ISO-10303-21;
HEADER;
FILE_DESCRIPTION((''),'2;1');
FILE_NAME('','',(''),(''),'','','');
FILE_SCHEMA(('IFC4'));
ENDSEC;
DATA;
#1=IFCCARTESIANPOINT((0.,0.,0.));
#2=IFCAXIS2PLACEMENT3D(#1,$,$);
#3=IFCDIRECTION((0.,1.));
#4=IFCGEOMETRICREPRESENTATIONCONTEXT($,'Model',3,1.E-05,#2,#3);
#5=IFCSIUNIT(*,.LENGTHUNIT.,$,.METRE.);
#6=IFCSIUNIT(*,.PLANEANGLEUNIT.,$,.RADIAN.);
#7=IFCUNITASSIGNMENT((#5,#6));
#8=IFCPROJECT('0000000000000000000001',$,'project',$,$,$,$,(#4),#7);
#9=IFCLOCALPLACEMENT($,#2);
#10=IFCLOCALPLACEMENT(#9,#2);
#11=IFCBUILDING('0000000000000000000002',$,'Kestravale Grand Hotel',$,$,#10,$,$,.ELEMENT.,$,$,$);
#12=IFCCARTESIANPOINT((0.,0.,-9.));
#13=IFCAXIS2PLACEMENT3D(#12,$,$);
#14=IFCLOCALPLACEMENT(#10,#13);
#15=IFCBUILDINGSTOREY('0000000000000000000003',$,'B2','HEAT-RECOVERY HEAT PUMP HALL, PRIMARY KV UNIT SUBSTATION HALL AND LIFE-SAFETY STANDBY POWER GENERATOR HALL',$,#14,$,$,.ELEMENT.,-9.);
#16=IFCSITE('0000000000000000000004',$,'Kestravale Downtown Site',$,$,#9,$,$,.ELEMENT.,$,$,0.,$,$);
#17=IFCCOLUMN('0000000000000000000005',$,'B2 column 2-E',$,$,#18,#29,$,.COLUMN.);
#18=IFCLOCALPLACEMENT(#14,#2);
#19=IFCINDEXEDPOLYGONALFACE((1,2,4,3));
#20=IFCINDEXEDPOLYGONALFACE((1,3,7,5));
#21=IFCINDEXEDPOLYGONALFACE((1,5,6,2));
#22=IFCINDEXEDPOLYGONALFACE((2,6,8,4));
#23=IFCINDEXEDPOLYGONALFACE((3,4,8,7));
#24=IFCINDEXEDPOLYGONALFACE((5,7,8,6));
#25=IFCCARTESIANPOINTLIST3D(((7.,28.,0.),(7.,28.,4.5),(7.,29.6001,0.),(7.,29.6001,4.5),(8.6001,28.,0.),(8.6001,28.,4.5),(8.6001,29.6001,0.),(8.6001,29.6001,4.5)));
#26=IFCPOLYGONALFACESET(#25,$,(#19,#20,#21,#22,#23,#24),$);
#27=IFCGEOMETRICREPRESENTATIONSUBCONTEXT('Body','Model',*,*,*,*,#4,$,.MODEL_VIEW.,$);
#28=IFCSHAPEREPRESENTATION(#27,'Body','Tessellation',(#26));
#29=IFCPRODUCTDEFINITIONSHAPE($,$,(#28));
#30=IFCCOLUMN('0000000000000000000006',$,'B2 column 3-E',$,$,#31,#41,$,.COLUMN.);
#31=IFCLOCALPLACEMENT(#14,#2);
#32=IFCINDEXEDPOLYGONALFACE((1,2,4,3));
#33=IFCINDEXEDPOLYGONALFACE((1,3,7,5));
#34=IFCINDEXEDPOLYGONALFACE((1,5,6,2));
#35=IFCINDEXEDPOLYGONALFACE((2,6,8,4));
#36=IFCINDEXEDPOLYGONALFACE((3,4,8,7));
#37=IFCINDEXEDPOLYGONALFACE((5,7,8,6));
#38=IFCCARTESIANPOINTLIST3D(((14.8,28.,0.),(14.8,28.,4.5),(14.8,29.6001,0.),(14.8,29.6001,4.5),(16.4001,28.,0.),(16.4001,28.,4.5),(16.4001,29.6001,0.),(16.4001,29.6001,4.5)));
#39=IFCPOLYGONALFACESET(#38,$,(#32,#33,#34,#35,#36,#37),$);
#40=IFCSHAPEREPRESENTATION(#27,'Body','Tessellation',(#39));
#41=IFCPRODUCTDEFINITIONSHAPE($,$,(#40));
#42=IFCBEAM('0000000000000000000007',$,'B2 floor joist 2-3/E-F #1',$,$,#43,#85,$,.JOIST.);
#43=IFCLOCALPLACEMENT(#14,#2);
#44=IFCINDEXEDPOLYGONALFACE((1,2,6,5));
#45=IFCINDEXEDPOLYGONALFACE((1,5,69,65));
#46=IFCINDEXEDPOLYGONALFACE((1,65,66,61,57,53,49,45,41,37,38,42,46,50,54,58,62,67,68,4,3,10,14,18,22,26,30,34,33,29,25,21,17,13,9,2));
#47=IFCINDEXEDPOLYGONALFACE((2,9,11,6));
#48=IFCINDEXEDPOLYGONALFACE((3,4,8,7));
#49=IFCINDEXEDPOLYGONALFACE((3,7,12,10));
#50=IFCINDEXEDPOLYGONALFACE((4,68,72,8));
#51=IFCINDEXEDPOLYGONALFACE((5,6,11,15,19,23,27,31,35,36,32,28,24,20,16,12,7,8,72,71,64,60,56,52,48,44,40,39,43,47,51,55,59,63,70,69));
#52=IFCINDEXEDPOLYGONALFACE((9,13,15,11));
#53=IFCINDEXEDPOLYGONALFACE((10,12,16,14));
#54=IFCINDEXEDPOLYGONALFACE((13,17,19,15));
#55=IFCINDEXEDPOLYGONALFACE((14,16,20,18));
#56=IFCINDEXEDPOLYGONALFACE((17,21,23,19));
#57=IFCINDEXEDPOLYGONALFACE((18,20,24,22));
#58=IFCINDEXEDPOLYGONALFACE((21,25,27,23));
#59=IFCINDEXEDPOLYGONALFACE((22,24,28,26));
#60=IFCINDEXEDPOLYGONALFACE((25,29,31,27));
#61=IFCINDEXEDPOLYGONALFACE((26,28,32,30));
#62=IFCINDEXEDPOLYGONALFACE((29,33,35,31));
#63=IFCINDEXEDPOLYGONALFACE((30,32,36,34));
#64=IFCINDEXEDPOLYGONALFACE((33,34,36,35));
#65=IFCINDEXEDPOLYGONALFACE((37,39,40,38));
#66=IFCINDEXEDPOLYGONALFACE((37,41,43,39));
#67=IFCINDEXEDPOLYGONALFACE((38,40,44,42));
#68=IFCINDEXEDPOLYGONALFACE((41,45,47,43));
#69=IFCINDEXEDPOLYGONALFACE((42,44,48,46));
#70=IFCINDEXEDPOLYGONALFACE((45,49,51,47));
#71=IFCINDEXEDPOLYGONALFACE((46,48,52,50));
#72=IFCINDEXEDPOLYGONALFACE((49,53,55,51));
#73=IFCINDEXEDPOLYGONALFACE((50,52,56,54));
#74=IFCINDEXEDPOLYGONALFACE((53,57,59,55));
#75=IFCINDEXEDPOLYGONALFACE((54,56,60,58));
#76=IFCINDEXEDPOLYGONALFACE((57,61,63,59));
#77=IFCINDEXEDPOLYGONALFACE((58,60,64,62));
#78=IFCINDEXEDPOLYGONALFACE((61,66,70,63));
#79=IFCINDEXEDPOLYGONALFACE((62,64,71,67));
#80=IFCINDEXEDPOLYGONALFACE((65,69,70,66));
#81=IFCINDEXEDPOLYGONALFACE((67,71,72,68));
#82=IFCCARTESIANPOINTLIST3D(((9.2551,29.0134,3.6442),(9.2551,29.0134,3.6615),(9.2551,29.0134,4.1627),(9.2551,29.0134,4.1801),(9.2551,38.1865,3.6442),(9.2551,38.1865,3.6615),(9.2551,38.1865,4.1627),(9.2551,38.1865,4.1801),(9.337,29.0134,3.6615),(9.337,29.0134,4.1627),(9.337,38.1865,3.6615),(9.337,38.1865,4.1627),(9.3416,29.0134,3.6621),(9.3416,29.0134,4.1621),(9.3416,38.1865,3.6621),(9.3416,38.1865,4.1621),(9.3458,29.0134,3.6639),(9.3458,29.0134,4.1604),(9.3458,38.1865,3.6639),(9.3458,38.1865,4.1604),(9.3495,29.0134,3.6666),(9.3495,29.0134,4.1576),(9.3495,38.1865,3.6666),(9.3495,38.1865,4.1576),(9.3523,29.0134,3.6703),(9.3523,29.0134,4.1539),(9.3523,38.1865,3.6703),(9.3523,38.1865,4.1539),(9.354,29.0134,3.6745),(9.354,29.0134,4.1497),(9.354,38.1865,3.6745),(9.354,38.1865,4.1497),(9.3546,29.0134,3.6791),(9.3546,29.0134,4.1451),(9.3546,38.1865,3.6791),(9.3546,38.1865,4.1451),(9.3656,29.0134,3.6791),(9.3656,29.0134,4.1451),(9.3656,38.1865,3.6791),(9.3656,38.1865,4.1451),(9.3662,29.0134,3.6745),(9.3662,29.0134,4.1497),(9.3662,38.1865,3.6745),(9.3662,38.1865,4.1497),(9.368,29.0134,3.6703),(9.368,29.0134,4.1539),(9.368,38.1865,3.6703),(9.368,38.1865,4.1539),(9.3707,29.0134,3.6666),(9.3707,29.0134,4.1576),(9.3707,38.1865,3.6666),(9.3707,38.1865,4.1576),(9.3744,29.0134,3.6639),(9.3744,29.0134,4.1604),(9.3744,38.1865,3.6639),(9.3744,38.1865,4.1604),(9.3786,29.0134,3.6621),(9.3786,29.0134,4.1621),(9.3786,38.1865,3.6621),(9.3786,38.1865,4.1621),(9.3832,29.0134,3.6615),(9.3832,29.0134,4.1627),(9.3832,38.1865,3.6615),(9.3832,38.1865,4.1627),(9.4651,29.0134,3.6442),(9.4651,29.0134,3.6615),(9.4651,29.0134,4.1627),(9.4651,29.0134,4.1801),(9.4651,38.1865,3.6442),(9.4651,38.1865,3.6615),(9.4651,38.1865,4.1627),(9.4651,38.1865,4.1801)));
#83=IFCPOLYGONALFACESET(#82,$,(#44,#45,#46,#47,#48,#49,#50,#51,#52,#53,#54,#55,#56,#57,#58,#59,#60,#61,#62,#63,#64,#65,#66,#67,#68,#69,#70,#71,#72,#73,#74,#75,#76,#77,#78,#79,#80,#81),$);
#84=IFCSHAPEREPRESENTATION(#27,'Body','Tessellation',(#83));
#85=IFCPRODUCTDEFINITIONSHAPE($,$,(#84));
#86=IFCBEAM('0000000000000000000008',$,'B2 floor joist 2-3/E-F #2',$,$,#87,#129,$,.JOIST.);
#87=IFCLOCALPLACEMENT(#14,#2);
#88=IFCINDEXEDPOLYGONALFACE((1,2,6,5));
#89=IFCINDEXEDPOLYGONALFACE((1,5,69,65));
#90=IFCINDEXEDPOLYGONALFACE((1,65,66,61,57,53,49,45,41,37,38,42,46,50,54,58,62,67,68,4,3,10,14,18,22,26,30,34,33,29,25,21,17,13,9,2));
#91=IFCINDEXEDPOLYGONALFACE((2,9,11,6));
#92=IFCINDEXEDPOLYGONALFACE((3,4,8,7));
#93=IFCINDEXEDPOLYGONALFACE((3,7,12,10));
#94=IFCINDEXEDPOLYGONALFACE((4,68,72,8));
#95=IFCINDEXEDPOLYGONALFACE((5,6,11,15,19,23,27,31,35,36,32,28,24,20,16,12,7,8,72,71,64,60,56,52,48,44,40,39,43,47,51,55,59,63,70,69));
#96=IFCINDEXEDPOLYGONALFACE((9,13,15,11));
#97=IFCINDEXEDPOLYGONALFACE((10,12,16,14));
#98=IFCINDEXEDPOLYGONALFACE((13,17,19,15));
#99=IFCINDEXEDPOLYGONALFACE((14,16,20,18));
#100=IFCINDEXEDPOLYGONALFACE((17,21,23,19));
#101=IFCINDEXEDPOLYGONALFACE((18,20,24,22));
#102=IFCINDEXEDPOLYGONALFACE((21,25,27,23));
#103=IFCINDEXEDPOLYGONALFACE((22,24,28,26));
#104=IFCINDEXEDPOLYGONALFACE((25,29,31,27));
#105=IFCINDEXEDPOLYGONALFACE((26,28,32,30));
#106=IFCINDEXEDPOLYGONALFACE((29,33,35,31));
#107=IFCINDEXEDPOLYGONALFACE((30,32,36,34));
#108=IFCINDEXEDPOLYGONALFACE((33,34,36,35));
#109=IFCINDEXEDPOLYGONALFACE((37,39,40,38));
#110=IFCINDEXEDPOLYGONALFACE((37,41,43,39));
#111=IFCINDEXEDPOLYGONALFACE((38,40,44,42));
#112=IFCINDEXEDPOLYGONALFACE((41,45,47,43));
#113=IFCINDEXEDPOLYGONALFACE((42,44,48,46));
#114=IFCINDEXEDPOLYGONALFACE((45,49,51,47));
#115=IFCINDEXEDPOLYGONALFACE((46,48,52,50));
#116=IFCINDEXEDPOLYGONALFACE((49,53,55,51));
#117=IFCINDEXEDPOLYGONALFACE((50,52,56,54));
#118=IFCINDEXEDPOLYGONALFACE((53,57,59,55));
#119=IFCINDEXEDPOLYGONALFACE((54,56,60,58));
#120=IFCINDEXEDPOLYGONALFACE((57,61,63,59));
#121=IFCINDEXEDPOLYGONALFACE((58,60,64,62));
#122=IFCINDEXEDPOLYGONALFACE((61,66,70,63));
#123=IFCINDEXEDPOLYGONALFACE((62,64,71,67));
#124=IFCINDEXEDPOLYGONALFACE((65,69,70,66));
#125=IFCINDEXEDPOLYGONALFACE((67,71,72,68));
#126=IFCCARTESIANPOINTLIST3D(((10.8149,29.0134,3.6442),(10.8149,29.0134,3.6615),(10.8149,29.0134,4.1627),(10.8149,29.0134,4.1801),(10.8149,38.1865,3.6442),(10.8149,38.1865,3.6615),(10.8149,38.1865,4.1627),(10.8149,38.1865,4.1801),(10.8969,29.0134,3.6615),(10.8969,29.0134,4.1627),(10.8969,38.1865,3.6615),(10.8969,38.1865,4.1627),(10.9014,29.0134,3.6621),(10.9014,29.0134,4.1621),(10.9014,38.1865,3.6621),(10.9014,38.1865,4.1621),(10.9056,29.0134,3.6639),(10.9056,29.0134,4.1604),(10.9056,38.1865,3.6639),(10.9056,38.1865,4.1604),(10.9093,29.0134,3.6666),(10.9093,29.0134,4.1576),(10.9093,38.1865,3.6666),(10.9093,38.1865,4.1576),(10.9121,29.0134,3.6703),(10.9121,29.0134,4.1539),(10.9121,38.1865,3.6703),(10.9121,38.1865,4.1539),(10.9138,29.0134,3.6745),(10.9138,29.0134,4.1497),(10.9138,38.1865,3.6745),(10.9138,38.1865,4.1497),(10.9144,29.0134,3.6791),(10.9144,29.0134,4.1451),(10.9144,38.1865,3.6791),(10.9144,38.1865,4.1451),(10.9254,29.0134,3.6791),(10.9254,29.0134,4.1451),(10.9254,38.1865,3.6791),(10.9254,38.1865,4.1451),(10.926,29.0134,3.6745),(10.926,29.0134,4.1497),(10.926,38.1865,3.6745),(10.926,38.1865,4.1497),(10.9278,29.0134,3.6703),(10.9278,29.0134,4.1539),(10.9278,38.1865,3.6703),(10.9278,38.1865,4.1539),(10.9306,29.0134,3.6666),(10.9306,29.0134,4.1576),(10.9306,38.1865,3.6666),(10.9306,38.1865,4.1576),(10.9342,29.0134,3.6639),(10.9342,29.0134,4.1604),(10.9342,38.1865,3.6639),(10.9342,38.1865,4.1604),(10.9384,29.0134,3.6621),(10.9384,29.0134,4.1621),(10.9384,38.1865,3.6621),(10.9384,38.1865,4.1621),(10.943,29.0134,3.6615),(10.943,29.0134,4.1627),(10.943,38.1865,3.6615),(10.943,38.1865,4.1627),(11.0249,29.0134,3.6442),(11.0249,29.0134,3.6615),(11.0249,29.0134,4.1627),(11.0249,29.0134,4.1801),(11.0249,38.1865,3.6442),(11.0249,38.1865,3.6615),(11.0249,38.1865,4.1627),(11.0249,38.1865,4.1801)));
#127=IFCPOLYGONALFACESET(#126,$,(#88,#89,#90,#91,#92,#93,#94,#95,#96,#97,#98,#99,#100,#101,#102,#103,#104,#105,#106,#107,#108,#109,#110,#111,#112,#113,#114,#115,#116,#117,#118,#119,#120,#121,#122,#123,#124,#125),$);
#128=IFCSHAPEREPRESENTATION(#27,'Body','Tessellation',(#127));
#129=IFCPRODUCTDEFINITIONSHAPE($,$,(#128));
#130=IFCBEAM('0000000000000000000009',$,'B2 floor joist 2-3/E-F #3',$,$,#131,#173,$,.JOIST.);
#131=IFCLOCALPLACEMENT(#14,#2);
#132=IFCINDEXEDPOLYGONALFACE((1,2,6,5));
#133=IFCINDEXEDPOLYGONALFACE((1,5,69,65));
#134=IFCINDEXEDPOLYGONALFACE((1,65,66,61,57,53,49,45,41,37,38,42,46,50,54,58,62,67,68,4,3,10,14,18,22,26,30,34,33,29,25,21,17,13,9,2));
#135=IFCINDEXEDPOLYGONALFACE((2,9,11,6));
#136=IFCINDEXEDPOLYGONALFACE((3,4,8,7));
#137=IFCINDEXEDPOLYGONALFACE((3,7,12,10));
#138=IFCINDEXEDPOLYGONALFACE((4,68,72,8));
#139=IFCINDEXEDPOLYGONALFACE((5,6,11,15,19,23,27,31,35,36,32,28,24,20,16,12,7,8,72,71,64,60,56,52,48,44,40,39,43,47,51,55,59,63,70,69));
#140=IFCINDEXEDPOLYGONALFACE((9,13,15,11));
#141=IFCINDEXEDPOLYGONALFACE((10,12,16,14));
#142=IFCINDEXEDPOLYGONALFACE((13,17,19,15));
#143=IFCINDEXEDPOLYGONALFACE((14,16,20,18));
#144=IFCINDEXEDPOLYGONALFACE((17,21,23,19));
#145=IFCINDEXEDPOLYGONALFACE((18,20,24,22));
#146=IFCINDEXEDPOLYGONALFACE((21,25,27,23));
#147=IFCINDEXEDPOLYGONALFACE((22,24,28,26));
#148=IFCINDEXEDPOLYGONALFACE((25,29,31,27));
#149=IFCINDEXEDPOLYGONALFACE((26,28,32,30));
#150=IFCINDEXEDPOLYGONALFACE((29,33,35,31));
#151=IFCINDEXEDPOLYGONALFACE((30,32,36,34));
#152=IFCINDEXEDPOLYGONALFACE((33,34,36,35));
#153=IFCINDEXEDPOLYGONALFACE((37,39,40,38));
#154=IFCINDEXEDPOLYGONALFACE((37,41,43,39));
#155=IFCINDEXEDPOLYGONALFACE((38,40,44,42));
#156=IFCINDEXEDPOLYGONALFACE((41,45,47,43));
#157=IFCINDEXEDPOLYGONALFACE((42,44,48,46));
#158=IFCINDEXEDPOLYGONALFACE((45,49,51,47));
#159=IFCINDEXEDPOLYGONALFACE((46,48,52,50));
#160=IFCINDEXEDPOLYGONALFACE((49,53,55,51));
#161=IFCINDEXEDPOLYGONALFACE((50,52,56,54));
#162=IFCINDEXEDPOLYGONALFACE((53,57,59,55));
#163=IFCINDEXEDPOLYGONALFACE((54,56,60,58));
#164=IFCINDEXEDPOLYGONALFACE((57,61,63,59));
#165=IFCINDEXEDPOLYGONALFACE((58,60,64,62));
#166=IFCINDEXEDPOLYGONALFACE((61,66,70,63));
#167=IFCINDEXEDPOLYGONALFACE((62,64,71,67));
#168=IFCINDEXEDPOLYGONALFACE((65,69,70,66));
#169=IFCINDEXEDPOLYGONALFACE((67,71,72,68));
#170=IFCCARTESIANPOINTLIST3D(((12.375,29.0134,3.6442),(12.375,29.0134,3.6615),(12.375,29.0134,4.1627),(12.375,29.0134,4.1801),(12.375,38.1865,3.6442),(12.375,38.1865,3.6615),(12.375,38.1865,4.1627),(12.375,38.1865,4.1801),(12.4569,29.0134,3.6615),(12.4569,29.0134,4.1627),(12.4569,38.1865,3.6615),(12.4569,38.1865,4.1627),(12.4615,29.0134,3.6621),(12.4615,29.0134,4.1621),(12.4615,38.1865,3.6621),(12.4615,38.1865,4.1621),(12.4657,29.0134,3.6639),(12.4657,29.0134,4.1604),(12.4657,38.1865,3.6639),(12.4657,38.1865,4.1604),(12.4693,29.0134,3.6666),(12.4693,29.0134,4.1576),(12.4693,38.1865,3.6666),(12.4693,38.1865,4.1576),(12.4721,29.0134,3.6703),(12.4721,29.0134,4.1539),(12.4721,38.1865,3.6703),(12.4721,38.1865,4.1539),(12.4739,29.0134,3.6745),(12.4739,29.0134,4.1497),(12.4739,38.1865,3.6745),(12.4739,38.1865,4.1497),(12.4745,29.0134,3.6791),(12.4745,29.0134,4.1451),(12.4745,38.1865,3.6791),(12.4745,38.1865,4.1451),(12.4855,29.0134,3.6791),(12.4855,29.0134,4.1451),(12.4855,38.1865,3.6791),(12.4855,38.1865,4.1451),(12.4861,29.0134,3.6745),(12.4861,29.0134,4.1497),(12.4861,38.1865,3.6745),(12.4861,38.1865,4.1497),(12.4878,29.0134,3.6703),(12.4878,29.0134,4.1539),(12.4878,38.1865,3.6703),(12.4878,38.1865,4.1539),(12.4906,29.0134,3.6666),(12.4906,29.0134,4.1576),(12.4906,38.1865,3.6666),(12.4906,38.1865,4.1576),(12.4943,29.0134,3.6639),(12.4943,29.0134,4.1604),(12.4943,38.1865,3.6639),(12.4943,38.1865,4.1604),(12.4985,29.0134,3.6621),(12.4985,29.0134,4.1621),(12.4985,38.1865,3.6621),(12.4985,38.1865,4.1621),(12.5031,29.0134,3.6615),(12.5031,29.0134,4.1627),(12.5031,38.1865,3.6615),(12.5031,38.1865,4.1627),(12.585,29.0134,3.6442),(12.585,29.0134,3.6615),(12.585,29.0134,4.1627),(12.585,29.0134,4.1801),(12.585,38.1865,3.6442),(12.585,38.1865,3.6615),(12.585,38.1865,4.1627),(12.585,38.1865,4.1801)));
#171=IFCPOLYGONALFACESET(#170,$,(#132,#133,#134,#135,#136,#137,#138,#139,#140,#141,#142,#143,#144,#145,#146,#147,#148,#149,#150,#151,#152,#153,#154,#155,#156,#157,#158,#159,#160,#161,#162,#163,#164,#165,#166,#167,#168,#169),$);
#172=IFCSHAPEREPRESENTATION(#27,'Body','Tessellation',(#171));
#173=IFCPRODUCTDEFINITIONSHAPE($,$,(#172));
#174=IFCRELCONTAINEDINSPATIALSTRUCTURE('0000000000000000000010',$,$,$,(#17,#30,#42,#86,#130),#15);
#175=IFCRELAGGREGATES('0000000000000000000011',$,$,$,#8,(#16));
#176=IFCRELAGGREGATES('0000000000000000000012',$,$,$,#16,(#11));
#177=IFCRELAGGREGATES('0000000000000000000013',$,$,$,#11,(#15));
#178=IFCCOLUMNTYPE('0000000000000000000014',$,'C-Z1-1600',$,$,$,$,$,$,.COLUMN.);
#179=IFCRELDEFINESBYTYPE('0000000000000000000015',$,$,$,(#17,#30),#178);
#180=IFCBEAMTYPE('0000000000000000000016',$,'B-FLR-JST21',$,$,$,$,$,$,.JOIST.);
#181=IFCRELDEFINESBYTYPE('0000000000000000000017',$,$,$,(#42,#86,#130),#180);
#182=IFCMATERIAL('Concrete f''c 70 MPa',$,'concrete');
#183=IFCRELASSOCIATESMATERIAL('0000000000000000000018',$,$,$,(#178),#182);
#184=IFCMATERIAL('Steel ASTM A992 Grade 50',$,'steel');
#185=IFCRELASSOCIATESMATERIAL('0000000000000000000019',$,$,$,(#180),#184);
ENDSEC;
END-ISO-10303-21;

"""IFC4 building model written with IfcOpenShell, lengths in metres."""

from ifc_helpers import new_model, si_unit, direction, frame, origin, origin_2d, place, context, subcontext, project, spatial, rectangle, i_section, extrude, material, material_profile, profile_set, type_object, element, save


model = new_model("IFC4")

# Units and contexts
model_context = context("Model", 3, precision=1e-05, world=origin(), true_north=direction((0.0, 1.0)))
body_context = subcontext(model_context, "Body", "Model", "MODEL_VIEW")
ifc_project = project(units=[si_unit("LENGTHUNIT", "METRE"), si_unit("PLANEANGLEUNIT", "RADIAN")], contexts=[model_context])

# Site, building, storey
site_placement = place(None, origin())
site = spatial("IfcSite", under=ifc_project, at=site_placement, Name="Kestravale Downtown Site", CompositionType="ELEMENT", RefElevation=0.0)
building_placement = place(site_placement, origin())
building = spatial("IfcBuilding", under=site, at=building_placement, Name="Kestravale Grand Hotel", CompositionType="ELEMENT")
storey_placement = place(building_placement, frame((0.0, 0.0, -9.0)))
storey = spatial("IfcBuildingStorey", under=building, at=storey_placement, Name="B2", Description="HEAT-RECOVERY HEAT PUMP HALL, PRIMARY KV UNIT SUBSTATION HALL AND LIFE-SAFETY STANDBY POWER GENERATOR HALL", CompositionType="ELEMENT", Elevation=-9.0)

# Columns
ifc_material_1 = material(Name="Concrete f'c 70 MPa", Category="concrete")
ifc_material_profile_1 = material_profile(ifc_material_1, rectangle(XDim=1.6001, YDim=1.6001, at=origin_2d()))
ifc_profile_set_1 = profile_set([ifc_material_profile_1], Name="Concrete f'c 70 MPa")
column_type = type_object("IfcColumnType", Name="C-Z1-1600", PredefinedType="COLUMN", material=ifc_profile_set_1)
for number, where, z_axis, x_axis, name in (
    (1, (7.8, 28.8, 0.0), (0.0, 0.0, 1.0), (1.0, 0.0, 0.0), "B2 column 2-E"),
    (2, (15.6001, 28.8, 0.0), (0.0, 0.0, 1.0), (1.0, 0.0, 0.0), "B2 column 3-E"),
):
    element("IfcColumn", number, at=place(storey_placement, frame(where, z_axis=z_axis, x_axis=x_axis)), inside=storey, type_object=column_type, Name=name, PredefinedType="COLUMN", context=body_context, shape_type="SweptSolid", body=[
        extrude(rectangle(XDim=1.6001, YDim=1.6001, at=origin_2d()), origin(), (0.0, 0.0, 1.0), 4.5),
    ])

# Beams
ifc_material_2 = material(Name="Steel ASTM A992 Grade 50", Category="steel")
ifc_material_profile_2 = material_profile(ifc_material_2, i_section(OverallWidth=0.21, OverallDepth=0.5359, WebThickness=0.011, FlangeThickness=0.0173, FilletRadius=0.0176, at=origin_2d()))
ifc_profile_set_2 = profile_set([ifc_material_profile_2], Name="Steel ASTM A992 Grade 50")
beam_type_1 = type_object("IfcBeamType", Name="B-FLR-JST21", PredefinedType="JOIST", material=ifc_profile_set_2)
for number, where, z_axis, x_axis, name in (
    (3, (9.3601, 29.0134, 3.9121), (0.0, 1.0, 0.0), (-1.0, 0.0, 0.0), "B2 floor joist 2-3/E-F #1"),
    (4, (10.9199, 29.0134, 3.9121), (0.0, 1.0, 0.0), (-1.0, 0.0, 0.0), "B2 floor joist 2-3/E-F #2"),
    (5, (12.48, 29.0134, 3.9121), (0.0, 1.0, 0.0), (-1.0, 0.0, 0.0), "B2 floor joist 2-3/E-F #3"),
):
    element("IfcBeam", number, at=place(storey_placement, frame(where, z_axis=z_axis, x_axis=x_axis)), inside=storey, type_object=beam_type_1, Name=name, PredefinedType="JOIST", context=body_context, shape_type="SweptSolid", body=[
        extrude(i_section(OverallWidth=0.21, OverallDepth=0.5359, WebThickness=0.011, FlangeThickness=0.0173, FilletRadius=0.0176, at=origin_2d()), origin(), (0.0, 0.0, 1.0), 9.1731),
    ])

save(model, "model.ifc")
